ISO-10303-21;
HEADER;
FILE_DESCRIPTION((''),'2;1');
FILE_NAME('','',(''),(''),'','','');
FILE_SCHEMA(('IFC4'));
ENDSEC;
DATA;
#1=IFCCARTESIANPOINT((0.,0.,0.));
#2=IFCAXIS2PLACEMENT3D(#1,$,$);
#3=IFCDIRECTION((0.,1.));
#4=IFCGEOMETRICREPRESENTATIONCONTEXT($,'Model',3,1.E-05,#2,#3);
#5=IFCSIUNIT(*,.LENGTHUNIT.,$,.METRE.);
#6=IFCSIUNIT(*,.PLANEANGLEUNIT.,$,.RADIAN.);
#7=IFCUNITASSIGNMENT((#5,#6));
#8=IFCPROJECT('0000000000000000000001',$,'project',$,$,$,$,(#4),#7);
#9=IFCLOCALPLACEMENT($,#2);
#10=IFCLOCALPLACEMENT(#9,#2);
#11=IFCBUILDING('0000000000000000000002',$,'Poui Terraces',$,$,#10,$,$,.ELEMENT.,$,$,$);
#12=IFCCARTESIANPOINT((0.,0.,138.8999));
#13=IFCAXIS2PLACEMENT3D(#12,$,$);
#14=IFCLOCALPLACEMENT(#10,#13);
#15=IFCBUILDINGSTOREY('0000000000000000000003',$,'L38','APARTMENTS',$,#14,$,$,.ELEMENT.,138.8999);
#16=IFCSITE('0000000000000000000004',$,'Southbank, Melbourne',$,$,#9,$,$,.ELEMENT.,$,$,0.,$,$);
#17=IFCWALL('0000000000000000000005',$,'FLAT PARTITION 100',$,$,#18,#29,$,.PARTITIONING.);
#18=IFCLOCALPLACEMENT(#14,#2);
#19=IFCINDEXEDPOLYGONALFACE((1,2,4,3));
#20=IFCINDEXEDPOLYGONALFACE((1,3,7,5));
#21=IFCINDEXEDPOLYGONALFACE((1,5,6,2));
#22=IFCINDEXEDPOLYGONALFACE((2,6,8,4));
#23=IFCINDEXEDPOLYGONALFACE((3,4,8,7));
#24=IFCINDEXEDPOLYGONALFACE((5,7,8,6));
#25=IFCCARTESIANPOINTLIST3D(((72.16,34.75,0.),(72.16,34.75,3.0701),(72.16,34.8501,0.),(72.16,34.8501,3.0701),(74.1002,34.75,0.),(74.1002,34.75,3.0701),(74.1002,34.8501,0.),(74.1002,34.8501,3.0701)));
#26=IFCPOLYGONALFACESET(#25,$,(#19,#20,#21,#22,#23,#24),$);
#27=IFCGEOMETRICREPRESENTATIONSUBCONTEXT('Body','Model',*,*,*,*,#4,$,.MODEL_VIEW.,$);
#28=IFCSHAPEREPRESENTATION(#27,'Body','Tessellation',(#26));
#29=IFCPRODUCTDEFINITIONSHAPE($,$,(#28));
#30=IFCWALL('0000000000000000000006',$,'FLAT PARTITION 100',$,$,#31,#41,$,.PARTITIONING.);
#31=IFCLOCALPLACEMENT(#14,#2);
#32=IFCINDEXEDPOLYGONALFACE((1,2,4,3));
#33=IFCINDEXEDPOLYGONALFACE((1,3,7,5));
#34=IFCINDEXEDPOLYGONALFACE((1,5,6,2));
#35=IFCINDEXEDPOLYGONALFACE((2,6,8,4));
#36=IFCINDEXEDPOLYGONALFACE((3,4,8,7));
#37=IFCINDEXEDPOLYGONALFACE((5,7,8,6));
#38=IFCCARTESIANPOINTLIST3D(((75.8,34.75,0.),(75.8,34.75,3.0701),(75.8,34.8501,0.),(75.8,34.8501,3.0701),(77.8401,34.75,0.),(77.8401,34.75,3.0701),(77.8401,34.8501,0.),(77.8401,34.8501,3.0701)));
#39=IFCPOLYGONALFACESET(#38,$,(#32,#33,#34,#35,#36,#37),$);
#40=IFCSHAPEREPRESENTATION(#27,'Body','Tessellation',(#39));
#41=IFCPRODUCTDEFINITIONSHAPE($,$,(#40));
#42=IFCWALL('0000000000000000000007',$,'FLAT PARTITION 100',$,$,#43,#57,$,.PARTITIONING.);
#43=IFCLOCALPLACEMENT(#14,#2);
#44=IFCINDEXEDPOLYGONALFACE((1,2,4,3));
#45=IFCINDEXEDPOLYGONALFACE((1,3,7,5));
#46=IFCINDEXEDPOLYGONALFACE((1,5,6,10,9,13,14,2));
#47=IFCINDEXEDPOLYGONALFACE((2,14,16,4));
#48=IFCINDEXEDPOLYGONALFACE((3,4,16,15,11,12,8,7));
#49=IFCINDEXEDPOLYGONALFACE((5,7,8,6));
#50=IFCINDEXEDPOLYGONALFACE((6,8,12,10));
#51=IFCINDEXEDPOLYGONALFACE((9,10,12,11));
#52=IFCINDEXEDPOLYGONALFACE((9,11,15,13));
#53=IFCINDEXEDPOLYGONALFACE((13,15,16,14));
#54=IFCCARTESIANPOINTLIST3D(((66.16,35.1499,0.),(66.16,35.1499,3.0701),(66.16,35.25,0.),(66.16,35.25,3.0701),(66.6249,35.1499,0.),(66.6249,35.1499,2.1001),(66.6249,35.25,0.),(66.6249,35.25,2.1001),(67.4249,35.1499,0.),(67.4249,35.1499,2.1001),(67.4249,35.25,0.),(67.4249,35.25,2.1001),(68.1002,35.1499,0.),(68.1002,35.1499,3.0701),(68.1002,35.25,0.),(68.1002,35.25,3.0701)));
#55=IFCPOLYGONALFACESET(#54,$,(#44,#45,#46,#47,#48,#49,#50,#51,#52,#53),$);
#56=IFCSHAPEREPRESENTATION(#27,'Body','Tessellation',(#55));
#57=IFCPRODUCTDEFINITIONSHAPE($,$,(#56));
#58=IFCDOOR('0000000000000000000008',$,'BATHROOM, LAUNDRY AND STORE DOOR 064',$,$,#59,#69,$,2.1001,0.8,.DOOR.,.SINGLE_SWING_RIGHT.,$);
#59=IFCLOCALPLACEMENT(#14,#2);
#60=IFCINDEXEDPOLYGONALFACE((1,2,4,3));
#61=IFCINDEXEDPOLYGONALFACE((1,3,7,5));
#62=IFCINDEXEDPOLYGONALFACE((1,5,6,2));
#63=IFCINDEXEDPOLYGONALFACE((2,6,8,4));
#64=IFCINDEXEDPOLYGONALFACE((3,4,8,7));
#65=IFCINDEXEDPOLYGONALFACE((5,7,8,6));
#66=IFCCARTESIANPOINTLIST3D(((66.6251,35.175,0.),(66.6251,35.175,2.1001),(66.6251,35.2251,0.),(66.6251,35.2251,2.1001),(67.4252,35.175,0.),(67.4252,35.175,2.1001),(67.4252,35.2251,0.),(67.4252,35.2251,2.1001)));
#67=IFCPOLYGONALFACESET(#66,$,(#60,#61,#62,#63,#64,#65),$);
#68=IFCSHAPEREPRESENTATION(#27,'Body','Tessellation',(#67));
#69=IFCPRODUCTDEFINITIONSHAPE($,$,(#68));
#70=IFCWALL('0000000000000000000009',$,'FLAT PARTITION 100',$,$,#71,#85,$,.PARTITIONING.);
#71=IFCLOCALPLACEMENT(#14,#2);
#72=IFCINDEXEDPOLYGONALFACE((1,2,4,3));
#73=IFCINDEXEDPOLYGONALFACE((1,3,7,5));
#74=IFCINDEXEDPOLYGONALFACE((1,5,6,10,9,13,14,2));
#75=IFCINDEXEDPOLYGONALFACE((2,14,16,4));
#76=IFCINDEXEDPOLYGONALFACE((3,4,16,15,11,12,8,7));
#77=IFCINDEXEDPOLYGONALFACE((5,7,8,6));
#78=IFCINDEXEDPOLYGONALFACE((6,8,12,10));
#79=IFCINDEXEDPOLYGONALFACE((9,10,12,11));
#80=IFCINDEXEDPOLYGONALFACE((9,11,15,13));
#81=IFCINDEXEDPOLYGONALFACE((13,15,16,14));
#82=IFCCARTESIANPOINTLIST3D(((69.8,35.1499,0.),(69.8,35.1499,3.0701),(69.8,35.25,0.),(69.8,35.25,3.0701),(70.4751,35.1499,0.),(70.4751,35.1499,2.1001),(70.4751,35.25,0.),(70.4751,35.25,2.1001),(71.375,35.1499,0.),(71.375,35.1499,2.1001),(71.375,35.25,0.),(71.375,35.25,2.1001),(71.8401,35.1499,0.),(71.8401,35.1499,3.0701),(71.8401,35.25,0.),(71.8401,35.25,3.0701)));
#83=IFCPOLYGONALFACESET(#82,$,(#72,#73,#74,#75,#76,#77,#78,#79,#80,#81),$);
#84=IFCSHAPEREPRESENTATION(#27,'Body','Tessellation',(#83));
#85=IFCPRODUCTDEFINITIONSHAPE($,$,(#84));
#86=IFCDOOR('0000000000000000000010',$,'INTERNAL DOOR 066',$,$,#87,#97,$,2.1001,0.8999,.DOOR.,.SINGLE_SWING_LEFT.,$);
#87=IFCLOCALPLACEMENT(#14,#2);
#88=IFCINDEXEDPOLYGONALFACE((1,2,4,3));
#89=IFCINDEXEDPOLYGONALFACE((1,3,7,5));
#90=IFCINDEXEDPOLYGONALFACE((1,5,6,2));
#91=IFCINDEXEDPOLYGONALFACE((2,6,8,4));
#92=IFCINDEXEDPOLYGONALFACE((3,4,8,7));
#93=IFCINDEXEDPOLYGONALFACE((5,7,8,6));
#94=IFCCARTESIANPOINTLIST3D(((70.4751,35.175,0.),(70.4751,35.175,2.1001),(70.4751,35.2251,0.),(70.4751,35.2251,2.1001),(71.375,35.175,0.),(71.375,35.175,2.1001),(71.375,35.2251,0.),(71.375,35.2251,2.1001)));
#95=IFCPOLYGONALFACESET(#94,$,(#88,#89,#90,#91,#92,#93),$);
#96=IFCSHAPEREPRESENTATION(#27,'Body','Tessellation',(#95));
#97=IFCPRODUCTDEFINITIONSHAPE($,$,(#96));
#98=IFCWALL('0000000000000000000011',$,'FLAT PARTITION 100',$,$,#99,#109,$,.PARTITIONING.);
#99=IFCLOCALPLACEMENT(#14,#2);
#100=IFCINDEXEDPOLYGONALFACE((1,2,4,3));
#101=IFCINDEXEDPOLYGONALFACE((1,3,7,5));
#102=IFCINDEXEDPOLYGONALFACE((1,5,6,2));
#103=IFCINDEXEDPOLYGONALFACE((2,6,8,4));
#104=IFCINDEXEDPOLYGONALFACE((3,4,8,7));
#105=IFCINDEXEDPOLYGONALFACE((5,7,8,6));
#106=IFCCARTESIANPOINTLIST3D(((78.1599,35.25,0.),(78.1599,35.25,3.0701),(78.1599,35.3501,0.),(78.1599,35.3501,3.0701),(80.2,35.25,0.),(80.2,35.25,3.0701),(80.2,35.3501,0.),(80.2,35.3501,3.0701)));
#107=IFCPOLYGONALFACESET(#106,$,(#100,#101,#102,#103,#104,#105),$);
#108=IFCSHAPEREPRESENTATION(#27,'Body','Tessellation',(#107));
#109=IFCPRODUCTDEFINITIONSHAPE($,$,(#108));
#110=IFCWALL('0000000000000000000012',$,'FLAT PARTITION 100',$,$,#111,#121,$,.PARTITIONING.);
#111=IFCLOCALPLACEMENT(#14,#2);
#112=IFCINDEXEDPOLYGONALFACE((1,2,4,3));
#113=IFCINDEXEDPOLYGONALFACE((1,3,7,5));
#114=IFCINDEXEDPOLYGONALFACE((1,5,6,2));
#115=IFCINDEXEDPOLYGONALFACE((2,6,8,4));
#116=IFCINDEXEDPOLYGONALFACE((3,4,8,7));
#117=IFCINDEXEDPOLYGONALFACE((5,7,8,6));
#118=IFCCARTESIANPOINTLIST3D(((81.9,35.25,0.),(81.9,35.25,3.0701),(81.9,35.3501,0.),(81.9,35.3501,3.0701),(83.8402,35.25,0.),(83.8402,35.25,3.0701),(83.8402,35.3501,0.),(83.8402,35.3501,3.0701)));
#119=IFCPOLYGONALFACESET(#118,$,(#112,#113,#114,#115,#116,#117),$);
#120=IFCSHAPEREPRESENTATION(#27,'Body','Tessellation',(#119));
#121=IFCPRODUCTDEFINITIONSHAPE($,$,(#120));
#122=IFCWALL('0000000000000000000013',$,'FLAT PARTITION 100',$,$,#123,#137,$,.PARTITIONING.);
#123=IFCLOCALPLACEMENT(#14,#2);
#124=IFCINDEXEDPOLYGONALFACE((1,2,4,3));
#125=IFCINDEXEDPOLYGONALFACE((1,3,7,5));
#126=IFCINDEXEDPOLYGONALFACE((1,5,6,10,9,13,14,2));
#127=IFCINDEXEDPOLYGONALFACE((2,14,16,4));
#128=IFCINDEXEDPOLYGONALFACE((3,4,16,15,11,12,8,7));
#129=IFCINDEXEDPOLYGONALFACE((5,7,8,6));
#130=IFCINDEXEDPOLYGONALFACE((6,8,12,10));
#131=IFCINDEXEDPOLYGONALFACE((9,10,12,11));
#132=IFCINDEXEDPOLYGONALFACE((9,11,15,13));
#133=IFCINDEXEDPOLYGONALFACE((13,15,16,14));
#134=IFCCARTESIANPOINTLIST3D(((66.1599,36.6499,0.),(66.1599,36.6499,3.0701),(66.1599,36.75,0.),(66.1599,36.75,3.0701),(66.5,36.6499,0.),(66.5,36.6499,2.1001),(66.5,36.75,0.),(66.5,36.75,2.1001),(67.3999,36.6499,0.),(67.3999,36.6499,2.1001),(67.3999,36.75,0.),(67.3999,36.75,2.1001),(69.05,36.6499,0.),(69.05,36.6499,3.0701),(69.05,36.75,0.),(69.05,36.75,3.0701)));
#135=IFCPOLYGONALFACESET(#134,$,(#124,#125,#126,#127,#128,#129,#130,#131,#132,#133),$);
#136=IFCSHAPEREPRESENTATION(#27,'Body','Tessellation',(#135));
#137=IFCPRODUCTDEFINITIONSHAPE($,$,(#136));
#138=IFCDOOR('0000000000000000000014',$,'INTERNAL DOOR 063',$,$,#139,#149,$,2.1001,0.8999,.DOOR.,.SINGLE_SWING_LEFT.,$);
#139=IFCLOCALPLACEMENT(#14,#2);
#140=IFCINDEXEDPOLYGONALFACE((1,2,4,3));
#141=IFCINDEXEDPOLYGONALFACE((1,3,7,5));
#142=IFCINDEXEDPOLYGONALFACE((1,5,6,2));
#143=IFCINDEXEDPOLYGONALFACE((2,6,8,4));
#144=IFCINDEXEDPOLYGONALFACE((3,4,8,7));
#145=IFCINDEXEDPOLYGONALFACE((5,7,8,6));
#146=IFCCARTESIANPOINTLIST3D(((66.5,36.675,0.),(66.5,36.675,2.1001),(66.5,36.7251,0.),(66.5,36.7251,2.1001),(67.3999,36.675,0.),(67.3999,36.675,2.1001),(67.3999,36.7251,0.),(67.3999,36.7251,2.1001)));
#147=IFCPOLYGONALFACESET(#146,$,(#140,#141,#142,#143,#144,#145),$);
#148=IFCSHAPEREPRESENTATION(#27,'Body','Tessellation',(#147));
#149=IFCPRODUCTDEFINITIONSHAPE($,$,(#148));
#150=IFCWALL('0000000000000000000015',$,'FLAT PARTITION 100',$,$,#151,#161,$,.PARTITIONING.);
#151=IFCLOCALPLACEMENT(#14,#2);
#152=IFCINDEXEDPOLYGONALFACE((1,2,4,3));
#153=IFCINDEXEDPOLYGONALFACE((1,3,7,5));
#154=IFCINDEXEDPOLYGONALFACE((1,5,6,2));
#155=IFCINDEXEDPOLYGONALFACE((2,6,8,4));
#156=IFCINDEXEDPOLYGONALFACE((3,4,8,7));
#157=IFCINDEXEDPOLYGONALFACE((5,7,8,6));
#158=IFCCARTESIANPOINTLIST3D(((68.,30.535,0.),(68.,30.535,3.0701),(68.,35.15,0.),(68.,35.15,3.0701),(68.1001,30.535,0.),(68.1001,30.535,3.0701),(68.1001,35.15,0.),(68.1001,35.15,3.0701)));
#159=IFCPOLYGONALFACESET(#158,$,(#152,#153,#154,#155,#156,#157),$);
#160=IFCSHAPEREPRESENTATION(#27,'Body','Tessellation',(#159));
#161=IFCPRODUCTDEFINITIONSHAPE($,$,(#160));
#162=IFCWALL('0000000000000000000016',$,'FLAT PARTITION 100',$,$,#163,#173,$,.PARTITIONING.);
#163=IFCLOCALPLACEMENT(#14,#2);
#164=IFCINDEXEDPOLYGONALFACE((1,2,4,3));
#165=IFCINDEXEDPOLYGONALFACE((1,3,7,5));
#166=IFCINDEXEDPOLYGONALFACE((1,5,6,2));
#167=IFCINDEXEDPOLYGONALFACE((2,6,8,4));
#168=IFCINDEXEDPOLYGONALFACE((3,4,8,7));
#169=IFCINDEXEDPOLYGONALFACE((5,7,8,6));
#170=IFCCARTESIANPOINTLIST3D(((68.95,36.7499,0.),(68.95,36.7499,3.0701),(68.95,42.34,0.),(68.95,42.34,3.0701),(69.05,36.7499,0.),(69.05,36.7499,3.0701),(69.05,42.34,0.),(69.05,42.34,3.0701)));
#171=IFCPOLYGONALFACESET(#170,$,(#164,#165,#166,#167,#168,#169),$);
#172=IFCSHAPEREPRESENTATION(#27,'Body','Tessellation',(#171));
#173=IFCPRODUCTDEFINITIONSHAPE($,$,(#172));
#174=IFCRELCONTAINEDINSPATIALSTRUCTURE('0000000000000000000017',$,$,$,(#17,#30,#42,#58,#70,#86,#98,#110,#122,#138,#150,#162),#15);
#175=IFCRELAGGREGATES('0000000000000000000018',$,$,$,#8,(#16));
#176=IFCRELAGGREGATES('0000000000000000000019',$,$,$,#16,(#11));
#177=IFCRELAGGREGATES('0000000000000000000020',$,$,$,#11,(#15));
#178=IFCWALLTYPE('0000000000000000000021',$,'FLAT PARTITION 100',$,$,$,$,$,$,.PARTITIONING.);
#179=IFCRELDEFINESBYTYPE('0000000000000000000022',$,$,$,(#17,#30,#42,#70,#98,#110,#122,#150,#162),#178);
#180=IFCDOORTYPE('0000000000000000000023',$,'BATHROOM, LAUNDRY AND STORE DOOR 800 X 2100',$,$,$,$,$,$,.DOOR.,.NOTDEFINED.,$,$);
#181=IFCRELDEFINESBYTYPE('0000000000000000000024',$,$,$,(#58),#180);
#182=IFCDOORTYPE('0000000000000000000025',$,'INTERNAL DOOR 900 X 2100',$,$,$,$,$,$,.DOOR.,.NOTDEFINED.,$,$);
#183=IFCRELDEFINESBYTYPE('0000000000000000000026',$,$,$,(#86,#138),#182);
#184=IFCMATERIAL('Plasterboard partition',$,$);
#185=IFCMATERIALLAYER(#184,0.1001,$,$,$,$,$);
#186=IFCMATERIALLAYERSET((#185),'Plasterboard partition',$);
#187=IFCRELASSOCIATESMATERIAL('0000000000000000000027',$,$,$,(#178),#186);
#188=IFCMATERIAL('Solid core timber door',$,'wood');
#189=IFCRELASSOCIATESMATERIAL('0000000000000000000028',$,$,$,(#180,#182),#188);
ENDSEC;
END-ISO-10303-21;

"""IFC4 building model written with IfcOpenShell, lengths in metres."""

from ifc_helpers import new_model, si_unit, direction, frame, frame_2d, origin, place, context, subcontext, project, spatial, rectangle, extrude, material, layer, layer_set, type_object, element, fill, save


model = new_model("IFC4")

# Units and contexts
model_context = context("Model", 3, precision=1e-05, world=origin(), true_north=direction((0.0, 1.0)))
body_context = subcontext(model_context, "Body", "Model", "MODEL_VIEW")
ifc_project = project(units=[si_unit("LENGTHUNIT", "METRE"), si_unit("PLANEANGLEUNIT", "RADIAN")], contexts=[model_context])

# Site, building, storey
site_placement = place(None, origin())
site = spatial("IfcSite", under=ifc_project, at=site_placement, Name="Southbank, Melbourne", CompositionType="ELEMENT", RefElevation=0.0)
building_placement = place(site_placement, origin())
building = spatial("IfcBuilding", under=site, at=building_placement, Name="Poui Terraces", CompositionType="ELEMENT")
storey_placement = place(building_placement, frame((0.0, 0.0, 138.8999)))
storey = spatial("IfcBuildingStorey", under=building, at=storey_placement, Name="L38", Description="APARTMENTS", CompositionType="ELEMENT", Elevation=138.8999)

# Walls
ifc_material_1 = material(Name="Plasterboard partition")
ifc_layer_1 = layer(ifc_material_1, 0.1001)
ifc_layer_set_1 = layer_set([ifc_layer_1], Name="Plasterboard partition")
wall_type_1 = type_object("IfcWallType", Name="FLAT PARTITION 100", PredefinedType="PARTITIONING", material=ifc_layer_set_1)
wall_1_placement = place(storey_placement, frame((72.1599, 34.8, 0.0), z_axis=(0.0, 0.0, 1.0), x_axis=(1.0, 0.0, 0.0)))
element("IfcWall", 1, at=wall_1_placement, inside=storey, type_object=wall_type_1, Name="FLAT PARTITION 100", PredefinedType="PARTITIONING", context=body_context, shape_type="SweptSolid", body=[
    extrude(rectangle(XDim=1.9402, YDim=0.1001, at=frame_2d((0.9702, 0.0))), origin(), (0.0, 0.0, 1.0), 3.0701),
])
wall_2_placement = place(storey_placement, frame((75.8, 34.8, 0.0), z_axis=(0.0, 0.0, 1.0), x_axis=(1.0, 0.0, 0.0)))
element("IfcWall", 2, at=wall_2_placement, inside=storey, type_object=wall_type_1, Name="FLAT PARTITION 100", PredefinedType="PARTITIONING", context=body_context, shape_type="SweptSolid", body=[
    extrude(rectangle(XDim=2.04, YDim=0.1001, at=frame_2d((1.02, 0.0))), origin(), (0.0, 0.0, 1.0), 3.0701),
])

# Walls, openings, doors
wall_3_placement = place(storey_placement, frame((66.1599, 35.2, 0.0), z_axis=(0.0, 0.0, 1.0), x_axis=(1.0, 0.0, 0.0)))
wall_3 = element("IfcWall", 3, at=wall_3_placement, inside=storey, type_object=wall_type_1, Name="FLAT PARTITION 100", PredefinedType="PARTITIONING", context=body_context, shape_type="SweptSolid", body=[
    extrude(rectangle(XDim=1.9402, YDim=0.1001, at=frame_2d((0.9702, 0.0))), origin(), (0.0, 0.0, 1.0), 3.0701),
])
opening_1_placement = place(wall_3_placement, frame((0.4651, 0.0, 0.0)))
opening_1 = element("IfcOpeningElement", 4, at=opening_1_placement, cuts=wall_3, PredefinedType="OPENING", context=body_context, shape_type="SweptSolid", body=[
    extrude(rectangle(XDim=0.8, YDim=2.1001, at=frame_2d((0.3999, 1.05))), frame((0.0, 0.0601, 0.0), z_axis=(0.0, -1.0, 0.0), x_axis=(1.0, 0.0, 0.0)), (0.0, 0.0, 1.0), 0.1201),
])
ifc_material_2 = material(Name="Solid core timber door", Category="wood")
door_type_1 = type_object("IfcDoorType", Name="BATHROOM, LAUNDRY AND STORE DOOR 800 X 2100", OperationType="NOTDEFINED", PredefinedType="DOOR", material=ifc_material_2)
door_1_placement = place(opening_1_placement, frame((0.8, 0.0, 0.0), z_axis=(0.0, 0.0, 1.0), x_axis=(-1.0, 0.0, 0.0)))
door_1 = element("IfcDoor", 5, at=door_1_placement, inside=storey, type_object=door_type_1, Name="BATHROOM, LAUNDRY AND STORE DOOR 064", OperationType="SINGLE_SWING_RIGHT", OverallHeight=2.1001, OverallWidth=0.8, PredefinedType="DOOR", context=body_context, shape_type="SweptSolid", body=[
    extrude(rectangle(XDim=0.8, YDim=2.1001, at=frame_2d((0.3999, 1.05))), frame((0.0, 0.0249, 0.0), z_axis=(0.0, -1.0, 0.0), x_axis=(1.0, 0.0, 0.0)), (0.0, 0.0, 1.0), 0.05),
])
fill(opening_1, door_1)
wall_4_placement = place(storey_placement, frame((69.8, 35.2, 0.0), z_axis=(0.0, 0.0, 1.0), x_axis=(1.0, 0.0, 0.0)))
wall_4 = element("IfcWall", 6, at=wall_4_placement, inside=storey, type_object=wall_type_1, Name="FLAT PARTITION 100", PredefinedType="PARTITIONING", context=body_context, shape_type="SweptSolid", body=[
    extrude(rectangle(XDim=2.04, YDim=0.1001, at=frame_2d((1.02, 0.0))), origin(), (0.0, 0.0, 1.0), 3.0701),
])
opening_2_placement = place(wall_4_placement, frame((0.675, 0.0, 0.0)))
opening_2 = element("IfcOpeningElement", 7, at=opening_2_placement, cuts=wall_4, PredefinedType="OPENING", context=body_context, shape_type="SweptSolid", body=[
    extrude(rectangle(XDim=0.8999, YDim=2.1001, at=frame_2d((0.45, 1.05))), frame((0.0, 0.0601, 0.0), z_axis=(0.0, -1.0, 0.0), x_axis=(1.0, 0.0, 0.0)), (0.0, 0.0, 1.0), 0.1201),
])
door_type_2 = type_object("IfcDoorType", Name="INTERNAL DOOR 900 X 2100", OperationType="NOTDEFINED", PredefinedType="DOOR", material=ifc_material_2)
door_2_placement = place(opening_2_placement, frame((0.8999, 0.0, 0.0), z_axis=(0.0, 0.0, 1.0), x_axis=(-1.0, 0.0, 0.0)))
door_2 = element("IfcDoor", 8, at=door_2_placement, inside=storey, type_object=door_type_2, Name="INTERNAL DOOR 066", OperationType="SINGLE_SWING_LEFT", OverallHeight=2.1001, OverallWidth=0.8999, PredefinedType="DOOR", context=body_context, shape_type="SweptSolid", body=[
    extrude(rectangle(XDim=0.8999, YDim=2.1001, at=frame_2d((0.45, 1.05))), frame((0.0, 0.0249, 0.0), z_axis=(0.0, -1.0, 0.0), x_axis=(1.0, 0.0, 0.0)), (0.0, 0.0, 1.0), 0.05),
])
fill(opening_2, door_2)

# Walls
wall_5_placement = place(storey_placement, frame((78.1599, 35.3, 0.0), z_axis=(0.0, 0.0, 1.0), x_axis=(1.0, 0.0, 0.0)))
element("IfcWall", 9, at=wall_5_placement, inside=storey, type_object=wall_type_1, Name="FLAT PARTITION 100", PredefinedType="PARTITIONING", context=body_context, shape_type="SweptSolid", body=[
    extrude(rectangle(XDim=2.04, YDim=0.1001, at=frame_2d((1.02, 0.0))), origin(), (0.0, 0.0, 1.0), 3.0701),
])
wall_6_placement = place(storey_placement, frame((81.8999, 35.3, 0.0), z_axis=(0.0, 0.0, 1.0), x_axis=(1.0, 0.0, 0.0)))
element("IfcWall", 10, at=wall_6_placement, inside=storey, type_object=wall_type_1, Name="FLAT PARTITION 100", PredefinedType="PARTITIONING", context=body_context, shape_type="SweptSolid", body=[
    extrude(rectangle(XDim=1.9402, YDim=0.1001, at=frame_2d((0.9702, 0.0))), origin(), (0.0, 0.0, 1.0), 3.0701),
])

# Wall, opening, door
wall_7_placement = place(storey_placement, frame((66.1599, 36.7, 0.0), z_axis=(0.0, 0.0, 1.0), x_axis=(1.0, 0.0, 0.0)))
wall_7 = element("IfcWall", 11, at=wall_7_placement, inside=storey, type_object=wall_type_1, Name="FLAT PARTITION 100", PredefinedType="PARTITIONING", context=body_context, shape_type="SweptSolid", body=[
    extrude(rectangle(XDim=2.8901, YDim=0.1001, at=frame_2d((1.4451, 0.0))), origin(), (0.0, 0.0, 1.0), 3.0701),
])
opening_3_placement = place(wall_7_placement, frame((0.3401, 0.0, 0.0)))
opening_3 = element("IfcOpeningElement", 12, at=opening_3_placement, cuts=wall_7, PredefinedType="OPENING", context=body_context, shape_type="SweptSolid", body=[
    extrude(rectangle(XDim=0.8999, YDim=2.1001, at=frame_2d((0.45, 1.05))), frame((0.0, 0.0601, 0.0), z_axis=(0.0, -1.0, 0.0), x_axis=(1.0, 0.0, 0.0)), (0.0, 0.0, 1.0), 0.1201),
])
door_3_placement = place(opening_3_placement, frame((0.8999, 0.0, 0.0), z_axis=(0.0, 0.0, 1.0), x_axis=(-1.0, 0.0, 0.0)))
door_3 = element("IfcDoor", 13, at=door_3_placement, inside=storey, type_object=door_type_2, Name="INTERNAL DOOR 063", OperationType="SINGLE_SWING_LEFT", OverallHeight=2.1001, OverallWidth=0.8999, PredefinedType="DOOR", context=body_context, shape_type="SweptSolid", body=[
    extrude(rectangle(XDim=0.8999, YDim=2.1001, at=frame_2d((0.45, 1.05))), frame((0.0, 0.0249, 0.0), z_axis=(0.0, -1.0, 0.0), x_axis=(1.0, 0.0, 0.0)), (0.0, 0.0, 1.0), 0.05),
])
fill(opening_3, door_3)

# Walls
wall_8_placement = place(storey_placement, frame((68.05, 30.5349, 0.0), z_axis=(0.0, 0.0, 1.0), x_axis=(0.0, 1.0, 0.0)))
element("IfcWall", 14, at=wall_8_placement, inside=storey, type_object=wall_type_1, Name="FLAT PARTITION 100", PredefinedType="PARTITIONING", context=body_context, shape_type="SweptSolid", body=[
    extrude(rectangle(XDim=4.615, YDim=0.1001, at=frame_2d((2.3076, 0.0))), origin(), (0.0, 0.0, 1.0), 3.0701),
])
wall_9_placement = place(storey_placement, frame((69.0, 36.75, 0.0), z_axis=(0.0, 0.0, 1.0), x_axis=(0.0, 1.0, 0.0)))
element("IfcWall", 15, at=wall_9_placement, inside=storey, type_object=wall_type_1, Name="FLAT PARTITION 100", PredefinedType="PARTITIONING", context=body_context, shape_type="SweptSolid", body=[
    extrude(rectangle(XDim=5.5901, YDim=0.1001, at=frame_2d((2.7949, 0.0))), origin(), (0.0, 0.0, 1.0), 3.0701),
])

save(model, "model.ifc")
